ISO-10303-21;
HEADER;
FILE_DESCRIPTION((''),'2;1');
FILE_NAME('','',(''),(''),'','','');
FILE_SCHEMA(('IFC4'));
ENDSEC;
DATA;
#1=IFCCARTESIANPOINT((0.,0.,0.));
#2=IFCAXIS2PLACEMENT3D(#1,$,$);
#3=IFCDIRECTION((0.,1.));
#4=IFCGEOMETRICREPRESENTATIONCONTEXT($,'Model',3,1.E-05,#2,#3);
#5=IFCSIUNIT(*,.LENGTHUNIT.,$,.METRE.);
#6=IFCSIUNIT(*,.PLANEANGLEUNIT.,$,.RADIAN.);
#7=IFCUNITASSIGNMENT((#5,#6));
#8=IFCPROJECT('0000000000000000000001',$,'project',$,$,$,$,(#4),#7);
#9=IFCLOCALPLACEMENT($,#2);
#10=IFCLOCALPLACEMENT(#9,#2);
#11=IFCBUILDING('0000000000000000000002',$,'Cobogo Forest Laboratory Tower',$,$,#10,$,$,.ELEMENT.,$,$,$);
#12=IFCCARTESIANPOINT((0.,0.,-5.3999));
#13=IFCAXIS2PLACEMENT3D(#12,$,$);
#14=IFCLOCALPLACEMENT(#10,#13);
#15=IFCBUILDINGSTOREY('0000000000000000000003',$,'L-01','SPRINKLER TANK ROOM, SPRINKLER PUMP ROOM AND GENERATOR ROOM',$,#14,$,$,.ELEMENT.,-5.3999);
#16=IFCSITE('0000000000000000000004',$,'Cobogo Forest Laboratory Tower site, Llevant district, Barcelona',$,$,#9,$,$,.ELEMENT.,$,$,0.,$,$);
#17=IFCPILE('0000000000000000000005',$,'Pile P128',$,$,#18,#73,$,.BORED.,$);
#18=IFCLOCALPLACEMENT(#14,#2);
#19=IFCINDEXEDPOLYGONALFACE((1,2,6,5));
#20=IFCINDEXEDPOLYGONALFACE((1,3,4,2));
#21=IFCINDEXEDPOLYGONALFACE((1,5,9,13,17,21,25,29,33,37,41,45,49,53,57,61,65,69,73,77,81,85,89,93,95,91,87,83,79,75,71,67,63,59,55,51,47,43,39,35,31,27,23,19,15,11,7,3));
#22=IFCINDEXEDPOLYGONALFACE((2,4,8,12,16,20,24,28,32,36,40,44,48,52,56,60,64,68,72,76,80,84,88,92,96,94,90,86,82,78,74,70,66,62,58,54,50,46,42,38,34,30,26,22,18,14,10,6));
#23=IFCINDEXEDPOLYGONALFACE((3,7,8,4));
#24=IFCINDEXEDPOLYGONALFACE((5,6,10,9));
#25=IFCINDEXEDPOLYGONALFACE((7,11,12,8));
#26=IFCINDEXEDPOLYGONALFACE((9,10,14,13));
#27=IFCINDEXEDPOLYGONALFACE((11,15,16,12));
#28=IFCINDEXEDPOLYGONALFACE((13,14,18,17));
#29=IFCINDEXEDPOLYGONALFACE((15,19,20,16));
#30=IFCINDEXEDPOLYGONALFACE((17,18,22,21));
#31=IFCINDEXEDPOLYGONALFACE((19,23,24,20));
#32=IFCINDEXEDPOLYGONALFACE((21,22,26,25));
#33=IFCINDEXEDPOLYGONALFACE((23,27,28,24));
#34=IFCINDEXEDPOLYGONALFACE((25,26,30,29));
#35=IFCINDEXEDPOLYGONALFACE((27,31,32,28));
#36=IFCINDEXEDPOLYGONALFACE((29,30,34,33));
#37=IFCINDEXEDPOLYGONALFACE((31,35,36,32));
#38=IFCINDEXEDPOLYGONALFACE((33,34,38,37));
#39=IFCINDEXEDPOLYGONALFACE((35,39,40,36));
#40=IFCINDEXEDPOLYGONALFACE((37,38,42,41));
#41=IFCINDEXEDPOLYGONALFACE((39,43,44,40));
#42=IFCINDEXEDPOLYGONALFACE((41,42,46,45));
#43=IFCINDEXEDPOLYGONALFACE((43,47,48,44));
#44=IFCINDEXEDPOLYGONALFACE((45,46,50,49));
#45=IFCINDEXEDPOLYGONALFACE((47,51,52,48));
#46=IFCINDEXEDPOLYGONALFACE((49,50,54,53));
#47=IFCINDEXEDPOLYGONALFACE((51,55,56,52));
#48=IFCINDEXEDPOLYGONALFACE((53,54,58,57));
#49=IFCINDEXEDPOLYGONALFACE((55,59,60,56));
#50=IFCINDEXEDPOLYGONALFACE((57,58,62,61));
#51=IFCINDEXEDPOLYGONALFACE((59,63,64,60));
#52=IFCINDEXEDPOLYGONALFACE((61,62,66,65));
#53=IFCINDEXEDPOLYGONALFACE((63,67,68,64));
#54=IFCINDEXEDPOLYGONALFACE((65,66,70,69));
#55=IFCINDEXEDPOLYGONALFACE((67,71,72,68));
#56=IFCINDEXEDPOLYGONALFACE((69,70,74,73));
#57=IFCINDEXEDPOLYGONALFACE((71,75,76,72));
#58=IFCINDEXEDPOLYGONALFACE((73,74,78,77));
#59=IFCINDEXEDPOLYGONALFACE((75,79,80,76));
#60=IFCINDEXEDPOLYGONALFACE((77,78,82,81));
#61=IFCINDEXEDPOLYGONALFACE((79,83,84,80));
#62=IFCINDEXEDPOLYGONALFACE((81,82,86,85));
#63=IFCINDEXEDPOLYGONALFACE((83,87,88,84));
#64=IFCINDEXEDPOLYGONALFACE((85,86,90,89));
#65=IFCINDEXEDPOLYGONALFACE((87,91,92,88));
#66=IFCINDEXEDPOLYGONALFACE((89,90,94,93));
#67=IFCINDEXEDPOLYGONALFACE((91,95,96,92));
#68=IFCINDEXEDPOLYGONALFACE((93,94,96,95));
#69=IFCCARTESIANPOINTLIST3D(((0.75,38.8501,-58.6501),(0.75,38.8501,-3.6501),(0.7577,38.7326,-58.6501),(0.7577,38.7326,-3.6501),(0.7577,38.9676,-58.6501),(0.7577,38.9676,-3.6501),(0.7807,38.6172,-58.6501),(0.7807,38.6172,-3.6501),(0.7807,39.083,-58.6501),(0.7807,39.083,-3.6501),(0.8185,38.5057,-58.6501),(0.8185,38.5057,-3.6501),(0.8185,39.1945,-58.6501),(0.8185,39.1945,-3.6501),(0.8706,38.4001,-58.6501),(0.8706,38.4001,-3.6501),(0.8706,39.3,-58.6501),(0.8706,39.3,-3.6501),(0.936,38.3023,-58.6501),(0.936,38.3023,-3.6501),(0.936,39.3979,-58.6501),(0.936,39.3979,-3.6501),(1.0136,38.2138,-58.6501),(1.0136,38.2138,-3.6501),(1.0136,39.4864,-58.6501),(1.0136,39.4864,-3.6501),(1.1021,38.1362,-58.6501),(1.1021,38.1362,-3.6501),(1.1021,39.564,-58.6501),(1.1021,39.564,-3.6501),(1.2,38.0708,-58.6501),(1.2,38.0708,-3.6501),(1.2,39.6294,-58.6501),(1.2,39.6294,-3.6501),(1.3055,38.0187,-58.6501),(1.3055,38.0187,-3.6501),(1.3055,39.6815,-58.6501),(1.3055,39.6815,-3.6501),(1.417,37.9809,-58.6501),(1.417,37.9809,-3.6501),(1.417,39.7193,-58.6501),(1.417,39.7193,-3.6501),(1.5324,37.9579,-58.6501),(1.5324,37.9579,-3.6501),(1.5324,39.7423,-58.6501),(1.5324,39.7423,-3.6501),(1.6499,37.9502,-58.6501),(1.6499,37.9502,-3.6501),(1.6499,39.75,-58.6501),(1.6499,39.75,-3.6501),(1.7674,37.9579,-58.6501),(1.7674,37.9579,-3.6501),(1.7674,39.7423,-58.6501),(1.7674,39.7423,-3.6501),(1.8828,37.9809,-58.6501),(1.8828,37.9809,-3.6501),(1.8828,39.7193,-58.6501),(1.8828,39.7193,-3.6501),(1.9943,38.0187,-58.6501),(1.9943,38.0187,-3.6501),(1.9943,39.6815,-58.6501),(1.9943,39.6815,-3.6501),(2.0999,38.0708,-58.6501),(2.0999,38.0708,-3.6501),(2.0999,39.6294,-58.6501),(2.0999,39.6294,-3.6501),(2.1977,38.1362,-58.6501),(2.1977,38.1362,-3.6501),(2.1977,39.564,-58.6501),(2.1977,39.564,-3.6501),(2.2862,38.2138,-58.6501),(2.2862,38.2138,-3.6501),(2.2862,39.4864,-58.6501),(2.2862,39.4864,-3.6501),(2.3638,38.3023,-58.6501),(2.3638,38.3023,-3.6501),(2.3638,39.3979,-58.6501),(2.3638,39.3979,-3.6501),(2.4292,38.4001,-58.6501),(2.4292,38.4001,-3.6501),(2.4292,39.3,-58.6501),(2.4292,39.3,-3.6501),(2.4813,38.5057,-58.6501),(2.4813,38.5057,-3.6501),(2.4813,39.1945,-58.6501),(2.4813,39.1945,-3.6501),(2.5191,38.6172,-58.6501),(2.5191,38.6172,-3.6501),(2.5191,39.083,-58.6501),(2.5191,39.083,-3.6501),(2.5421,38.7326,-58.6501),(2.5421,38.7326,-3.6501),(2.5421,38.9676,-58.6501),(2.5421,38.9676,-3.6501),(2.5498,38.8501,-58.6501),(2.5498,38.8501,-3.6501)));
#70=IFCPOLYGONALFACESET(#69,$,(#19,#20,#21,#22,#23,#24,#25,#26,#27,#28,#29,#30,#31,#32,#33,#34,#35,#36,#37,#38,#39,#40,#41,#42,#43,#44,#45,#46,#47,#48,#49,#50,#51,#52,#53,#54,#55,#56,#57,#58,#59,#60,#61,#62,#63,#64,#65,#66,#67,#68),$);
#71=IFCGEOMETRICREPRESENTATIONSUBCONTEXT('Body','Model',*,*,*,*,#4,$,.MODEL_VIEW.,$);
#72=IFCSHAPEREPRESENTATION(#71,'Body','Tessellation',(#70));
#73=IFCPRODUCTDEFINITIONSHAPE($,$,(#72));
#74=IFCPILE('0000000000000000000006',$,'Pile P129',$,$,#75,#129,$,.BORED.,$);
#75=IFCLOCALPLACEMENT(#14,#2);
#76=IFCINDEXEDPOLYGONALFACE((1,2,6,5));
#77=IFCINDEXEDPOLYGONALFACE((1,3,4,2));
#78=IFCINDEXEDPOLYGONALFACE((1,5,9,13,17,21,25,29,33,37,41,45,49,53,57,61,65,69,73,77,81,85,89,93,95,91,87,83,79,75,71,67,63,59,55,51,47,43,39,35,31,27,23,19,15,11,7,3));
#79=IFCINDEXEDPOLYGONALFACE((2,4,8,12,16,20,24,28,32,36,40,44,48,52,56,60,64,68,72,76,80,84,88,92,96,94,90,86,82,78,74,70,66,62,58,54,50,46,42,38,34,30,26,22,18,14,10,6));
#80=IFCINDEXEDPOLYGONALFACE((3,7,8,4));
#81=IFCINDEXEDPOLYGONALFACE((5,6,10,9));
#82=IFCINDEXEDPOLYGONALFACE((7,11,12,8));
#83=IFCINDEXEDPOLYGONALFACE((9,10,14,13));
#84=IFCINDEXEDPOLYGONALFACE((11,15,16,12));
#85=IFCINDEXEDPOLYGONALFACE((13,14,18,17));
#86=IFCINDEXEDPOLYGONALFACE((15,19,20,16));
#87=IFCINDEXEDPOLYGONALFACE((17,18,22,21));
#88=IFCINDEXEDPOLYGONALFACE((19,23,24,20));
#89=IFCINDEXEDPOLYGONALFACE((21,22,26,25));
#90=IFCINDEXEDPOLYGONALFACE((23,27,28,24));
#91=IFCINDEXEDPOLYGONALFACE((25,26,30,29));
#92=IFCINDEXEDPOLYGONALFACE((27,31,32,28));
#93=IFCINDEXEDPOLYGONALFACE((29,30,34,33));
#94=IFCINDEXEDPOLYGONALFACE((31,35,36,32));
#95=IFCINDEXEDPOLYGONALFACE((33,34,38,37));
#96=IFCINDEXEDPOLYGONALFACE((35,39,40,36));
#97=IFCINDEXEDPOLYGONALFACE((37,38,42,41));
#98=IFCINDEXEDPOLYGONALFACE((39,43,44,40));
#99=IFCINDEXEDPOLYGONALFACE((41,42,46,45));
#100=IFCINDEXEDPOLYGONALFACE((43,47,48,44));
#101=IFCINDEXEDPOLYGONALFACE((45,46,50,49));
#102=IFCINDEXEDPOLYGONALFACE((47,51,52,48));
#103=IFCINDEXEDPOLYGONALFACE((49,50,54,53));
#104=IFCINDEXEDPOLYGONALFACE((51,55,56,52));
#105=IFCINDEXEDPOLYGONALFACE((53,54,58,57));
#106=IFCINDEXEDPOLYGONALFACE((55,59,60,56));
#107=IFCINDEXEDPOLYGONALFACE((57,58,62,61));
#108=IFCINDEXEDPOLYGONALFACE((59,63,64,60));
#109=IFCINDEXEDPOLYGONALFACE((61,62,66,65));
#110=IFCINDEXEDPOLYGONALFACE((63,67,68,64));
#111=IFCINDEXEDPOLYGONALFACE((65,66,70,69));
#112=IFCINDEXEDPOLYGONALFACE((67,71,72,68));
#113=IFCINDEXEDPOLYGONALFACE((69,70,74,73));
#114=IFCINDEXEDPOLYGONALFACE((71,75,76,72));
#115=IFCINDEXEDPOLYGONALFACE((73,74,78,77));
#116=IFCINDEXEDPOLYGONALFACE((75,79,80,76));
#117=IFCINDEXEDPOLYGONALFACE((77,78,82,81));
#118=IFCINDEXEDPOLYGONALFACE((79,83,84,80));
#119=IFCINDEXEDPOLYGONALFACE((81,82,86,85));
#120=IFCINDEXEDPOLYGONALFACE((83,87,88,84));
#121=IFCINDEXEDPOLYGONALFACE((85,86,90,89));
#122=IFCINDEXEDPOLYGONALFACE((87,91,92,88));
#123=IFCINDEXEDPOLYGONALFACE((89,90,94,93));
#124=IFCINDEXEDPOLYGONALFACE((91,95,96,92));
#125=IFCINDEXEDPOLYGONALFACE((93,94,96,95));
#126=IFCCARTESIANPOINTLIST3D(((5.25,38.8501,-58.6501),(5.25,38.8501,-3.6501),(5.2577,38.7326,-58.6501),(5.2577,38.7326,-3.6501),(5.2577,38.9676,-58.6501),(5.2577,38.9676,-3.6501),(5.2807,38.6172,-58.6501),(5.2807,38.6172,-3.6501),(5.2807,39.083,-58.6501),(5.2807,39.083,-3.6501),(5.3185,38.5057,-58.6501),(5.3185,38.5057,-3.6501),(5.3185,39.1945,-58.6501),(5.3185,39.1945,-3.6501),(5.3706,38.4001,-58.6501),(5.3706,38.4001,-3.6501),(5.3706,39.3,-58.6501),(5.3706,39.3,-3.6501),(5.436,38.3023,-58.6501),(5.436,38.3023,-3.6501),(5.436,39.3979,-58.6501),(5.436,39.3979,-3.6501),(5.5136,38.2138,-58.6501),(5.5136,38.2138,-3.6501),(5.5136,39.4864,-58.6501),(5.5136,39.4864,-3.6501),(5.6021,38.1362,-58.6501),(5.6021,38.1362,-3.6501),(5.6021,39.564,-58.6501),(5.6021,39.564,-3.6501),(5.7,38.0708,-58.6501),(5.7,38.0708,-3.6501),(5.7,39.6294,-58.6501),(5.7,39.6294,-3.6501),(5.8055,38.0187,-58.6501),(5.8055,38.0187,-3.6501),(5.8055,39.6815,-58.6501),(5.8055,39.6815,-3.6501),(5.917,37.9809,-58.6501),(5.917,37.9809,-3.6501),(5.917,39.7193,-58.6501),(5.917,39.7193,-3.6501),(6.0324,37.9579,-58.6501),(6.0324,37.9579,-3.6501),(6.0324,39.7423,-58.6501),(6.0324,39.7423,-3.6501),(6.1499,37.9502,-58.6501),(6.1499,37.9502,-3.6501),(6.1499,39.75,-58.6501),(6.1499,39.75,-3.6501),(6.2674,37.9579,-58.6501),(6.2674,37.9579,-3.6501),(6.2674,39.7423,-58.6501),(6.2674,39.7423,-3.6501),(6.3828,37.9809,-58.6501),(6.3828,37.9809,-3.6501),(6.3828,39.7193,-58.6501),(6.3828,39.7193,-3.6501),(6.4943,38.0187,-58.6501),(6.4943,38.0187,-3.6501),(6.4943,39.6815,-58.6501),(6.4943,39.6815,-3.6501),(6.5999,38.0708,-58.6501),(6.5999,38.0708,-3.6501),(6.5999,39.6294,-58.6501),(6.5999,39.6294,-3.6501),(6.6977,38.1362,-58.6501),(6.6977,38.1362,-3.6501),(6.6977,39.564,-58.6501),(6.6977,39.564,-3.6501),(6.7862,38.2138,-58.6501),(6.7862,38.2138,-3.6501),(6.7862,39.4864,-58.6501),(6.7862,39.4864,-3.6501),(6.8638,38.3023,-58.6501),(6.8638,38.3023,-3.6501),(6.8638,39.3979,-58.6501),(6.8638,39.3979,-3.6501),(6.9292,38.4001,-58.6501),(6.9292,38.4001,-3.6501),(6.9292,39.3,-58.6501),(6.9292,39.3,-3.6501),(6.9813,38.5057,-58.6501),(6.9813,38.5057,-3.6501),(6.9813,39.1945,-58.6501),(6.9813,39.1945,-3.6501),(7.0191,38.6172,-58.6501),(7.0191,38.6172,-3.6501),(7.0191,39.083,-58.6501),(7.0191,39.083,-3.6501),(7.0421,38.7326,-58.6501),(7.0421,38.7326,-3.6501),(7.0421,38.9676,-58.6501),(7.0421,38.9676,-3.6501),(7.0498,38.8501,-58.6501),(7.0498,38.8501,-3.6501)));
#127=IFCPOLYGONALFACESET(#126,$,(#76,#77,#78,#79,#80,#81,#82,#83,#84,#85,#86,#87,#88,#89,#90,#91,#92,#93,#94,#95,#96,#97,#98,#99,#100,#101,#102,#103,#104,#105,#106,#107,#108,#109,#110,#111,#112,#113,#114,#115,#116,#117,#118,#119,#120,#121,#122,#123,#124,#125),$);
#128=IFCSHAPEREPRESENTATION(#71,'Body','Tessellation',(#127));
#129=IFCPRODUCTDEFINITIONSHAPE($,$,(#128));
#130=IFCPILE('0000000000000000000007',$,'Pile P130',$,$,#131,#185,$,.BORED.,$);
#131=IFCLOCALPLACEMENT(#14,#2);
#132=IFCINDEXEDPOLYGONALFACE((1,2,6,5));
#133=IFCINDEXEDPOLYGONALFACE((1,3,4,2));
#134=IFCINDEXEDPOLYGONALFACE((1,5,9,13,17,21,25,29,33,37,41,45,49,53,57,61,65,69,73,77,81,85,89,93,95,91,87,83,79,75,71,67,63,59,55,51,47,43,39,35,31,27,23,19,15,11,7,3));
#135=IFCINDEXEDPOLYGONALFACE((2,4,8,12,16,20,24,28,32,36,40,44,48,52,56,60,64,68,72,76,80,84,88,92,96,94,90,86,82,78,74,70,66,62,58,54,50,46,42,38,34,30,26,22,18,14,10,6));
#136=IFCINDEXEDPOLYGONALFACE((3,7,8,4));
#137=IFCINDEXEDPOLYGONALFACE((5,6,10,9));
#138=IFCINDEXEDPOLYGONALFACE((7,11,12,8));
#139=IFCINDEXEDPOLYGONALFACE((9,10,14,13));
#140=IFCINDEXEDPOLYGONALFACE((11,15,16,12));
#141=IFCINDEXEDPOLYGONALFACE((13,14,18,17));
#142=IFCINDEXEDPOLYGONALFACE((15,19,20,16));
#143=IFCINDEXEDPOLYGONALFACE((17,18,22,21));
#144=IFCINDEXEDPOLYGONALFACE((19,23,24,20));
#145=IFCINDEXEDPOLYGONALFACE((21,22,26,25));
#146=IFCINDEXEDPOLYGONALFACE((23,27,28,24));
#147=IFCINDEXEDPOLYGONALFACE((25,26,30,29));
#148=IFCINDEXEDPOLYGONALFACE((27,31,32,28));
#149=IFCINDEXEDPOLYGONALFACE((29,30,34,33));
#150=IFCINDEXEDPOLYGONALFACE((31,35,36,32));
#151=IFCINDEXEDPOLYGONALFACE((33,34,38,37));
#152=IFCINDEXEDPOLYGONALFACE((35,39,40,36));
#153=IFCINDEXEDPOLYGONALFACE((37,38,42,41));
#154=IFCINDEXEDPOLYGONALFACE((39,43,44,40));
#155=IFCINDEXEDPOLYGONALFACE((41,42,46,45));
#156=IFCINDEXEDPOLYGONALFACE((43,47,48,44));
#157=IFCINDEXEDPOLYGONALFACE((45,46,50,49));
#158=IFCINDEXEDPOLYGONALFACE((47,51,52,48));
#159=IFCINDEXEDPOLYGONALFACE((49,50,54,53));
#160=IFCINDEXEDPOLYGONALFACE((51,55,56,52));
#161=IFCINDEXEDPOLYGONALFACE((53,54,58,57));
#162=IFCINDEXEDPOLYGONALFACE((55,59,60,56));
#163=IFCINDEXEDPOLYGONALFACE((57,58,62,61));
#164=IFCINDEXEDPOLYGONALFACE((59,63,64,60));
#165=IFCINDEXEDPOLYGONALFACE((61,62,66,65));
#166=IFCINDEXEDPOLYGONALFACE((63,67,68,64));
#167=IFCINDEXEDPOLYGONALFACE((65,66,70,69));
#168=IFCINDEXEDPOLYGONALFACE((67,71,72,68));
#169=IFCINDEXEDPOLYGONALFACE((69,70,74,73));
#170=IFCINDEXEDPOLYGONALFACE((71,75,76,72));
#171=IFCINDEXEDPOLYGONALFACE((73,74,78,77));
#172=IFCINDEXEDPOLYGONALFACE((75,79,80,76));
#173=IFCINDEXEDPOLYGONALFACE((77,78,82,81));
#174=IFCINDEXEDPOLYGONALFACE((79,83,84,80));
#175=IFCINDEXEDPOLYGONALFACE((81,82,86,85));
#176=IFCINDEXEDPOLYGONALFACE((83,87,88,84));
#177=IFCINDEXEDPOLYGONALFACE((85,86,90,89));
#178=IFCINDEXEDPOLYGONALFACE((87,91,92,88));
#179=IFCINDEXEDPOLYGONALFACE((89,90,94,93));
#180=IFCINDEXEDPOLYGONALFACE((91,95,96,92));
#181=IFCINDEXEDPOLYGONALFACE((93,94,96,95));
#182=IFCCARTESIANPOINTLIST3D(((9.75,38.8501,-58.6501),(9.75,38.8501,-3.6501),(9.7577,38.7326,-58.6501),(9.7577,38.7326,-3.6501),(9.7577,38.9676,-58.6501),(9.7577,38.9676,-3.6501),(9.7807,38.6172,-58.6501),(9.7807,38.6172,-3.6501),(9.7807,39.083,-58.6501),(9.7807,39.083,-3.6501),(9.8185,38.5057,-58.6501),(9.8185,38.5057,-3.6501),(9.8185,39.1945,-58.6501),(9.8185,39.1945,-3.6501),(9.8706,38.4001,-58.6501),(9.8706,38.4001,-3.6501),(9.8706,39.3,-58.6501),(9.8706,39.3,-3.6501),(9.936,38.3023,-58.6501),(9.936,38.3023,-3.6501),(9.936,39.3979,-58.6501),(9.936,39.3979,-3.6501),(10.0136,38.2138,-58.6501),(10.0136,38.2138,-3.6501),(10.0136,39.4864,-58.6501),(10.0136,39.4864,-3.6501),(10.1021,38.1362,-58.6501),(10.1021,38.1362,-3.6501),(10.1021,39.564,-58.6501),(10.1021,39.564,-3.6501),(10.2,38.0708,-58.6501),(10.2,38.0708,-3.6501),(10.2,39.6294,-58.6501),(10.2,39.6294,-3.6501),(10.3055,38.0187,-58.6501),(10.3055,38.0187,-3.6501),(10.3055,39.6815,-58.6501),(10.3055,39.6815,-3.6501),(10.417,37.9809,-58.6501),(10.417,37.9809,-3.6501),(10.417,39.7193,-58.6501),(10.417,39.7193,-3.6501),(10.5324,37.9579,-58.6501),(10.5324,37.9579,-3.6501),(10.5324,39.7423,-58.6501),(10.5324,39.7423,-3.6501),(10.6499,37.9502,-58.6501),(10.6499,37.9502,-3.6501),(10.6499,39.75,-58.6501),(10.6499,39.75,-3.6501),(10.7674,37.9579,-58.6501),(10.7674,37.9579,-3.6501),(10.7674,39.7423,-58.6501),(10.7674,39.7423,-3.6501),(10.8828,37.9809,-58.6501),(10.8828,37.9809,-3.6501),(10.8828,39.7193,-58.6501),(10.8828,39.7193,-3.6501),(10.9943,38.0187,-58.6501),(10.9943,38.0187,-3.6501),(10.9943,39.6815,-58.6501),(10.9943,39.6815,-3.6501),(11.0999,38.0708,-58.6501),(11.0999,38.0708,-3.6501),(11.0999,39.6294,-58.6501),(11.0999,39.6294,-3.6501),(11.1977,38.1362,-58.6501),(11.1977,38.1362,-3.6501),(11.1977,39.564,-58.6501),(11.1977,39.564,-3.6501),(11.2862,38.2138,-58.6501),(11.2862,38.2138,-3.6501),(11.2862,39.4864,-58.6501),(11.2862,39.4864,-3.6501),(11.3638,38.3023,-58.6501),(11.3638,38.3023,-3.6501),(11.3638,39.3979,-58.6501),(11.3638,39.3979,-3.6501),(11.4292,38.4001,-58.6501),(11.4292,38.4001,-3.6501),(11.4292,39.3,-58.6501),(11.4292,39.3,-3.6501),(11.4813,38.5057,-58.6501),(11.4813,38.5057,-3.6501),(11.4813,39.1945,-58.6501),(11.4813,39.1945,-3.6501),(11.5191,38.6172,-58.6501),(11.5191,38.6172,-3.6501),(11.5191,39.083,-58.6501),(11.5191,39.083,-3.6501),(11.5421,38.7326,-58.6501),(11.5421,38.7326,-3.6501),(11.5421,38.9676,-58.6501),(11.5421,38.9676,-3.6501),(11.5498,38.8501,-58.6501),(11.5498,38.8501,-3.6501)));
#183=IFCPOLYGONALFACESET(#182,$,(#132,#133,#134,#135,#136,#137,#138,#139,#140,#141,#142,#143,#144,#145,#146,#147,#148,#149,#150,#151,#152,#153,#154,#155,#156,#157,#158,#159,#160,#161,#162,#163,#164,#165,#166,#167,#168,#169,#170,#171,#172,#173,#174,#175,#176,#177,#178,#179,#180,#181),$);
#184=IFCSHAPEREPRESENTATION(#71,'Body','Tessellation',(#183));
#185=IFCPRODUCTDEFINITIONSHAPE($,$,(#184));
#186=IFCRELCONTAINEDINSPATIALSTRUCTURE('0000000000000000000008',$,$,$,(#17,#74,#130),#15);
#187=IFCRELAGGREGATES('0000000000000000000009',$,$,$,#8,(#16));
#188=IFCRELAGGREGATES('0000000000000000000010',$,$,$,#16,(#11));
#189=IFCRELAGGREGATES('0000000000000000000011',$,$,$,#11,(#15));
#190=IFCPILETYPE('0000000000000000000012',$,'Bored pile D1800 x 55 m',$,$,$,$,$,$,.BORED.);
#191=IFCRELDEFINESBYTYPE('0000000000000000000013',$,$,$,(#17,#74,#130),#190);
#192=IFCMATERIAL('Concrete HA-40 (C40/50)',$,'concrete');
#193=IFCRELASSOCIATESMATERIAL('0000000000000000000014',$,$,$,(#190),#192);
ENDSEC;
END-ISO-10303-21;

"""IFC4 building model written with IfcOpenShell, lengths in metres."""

from ifc_helpers import new_model, si_unit, direction, frame, origin, origin_2d, place, context, subcontext, project, spatial, circle, extrude, material, material_profile, profile_set, type_object, element, save


model = new_model("IFC4")

# Units and contexts
model_context = context("Model", 3, precision=1e-05, world=origin(), true_north=direction((0.0, 1.0)))
body_context = subcontext(model_context, "Body", "Model", "MODEL_VIEW")
ifc_project = project(units=[si_unit("LENGTHUNIT", "METRE"), si_unit("PLANEANGLEUNIT", "RADIAN")], contexts=[model_context])

# Site, building, storey
site_placement = place(None, origin())
site = spatial("IfcSite", under=ifc_project, at=site_placement, Name="Cobogo Forest Laboratory Tower site, Llevant district, Barcelona", CompositionType="ELEMENT", RefElevation=0.0)
building_placement = place(site_placement, origin())
building = spatial("IfcBuilding", under=site, at=building_placement, Name="Cobogo Forest Laboratory Tower", CompositionType="ELEMENT")
storey_placement = place(building_placement, frame((0.0, 0.0, -5.3999)))
storey = spatial("IfcBuildingStorey", under=building, at=storey_placement, Name="L-01", Description="SPRINKLER TANK ROOM, SPRINKLER PUMP ROOM AND GENERATOR ROOM", CompositionType="ELEMENT", Elevation=-5.3999)

# Piles
ifc_material_1 = material(Name="Concrete HA-40 (C40/50)", Category="concrete")
ifc_material_profile_1 = material_profile(ifc_material_1, circle(Radius=0.8999, at=origin_2d()), Name="PILE D1800")
ifc_profile_set_1 = profile_set([ifc_material_profile_1], Name="Concrete HA-40 (C40/50)")
pile_type_1 = type_object("IfcPileType", Name="Bored pile D1800 x 55 m", PredefinedType="BORED", material=ifc_profile_set_1)
for number, where, z_axis, x_axis, name in (
    (1, (1.6499, 38.8501, -3.6501), (0.0, 0.0, -1.0), (1.0, 0.0, 0.0), "Pile P128"),
    (2, (6.1499, 38.8501, -3.6501), (0.0, 0.0, -1.0), (1.0, 0.0, 0.0), "Pile P129"),
    (3, (10.6499, 38.8501, -3.6501), (0.0, 0.0, -1.0), (1.0, 0.0, 0.0), "Pile P130"),
):
    element("IfcPile", number, at=place(storey_placement, frame(where, z_axis=z_axis, x_axis=x_axis)), inside=storey, type_object=pile_type_1, Name=name, PredefinedType="BORED", context=body_context, shape_type="SweptSolid", body=[
        extrude(circle(Radius=0.8999, at=origin_2d()), origin(), (0.0, 0.0, 1.0), 55.0),
    ])

save(model, "model.ifc")
